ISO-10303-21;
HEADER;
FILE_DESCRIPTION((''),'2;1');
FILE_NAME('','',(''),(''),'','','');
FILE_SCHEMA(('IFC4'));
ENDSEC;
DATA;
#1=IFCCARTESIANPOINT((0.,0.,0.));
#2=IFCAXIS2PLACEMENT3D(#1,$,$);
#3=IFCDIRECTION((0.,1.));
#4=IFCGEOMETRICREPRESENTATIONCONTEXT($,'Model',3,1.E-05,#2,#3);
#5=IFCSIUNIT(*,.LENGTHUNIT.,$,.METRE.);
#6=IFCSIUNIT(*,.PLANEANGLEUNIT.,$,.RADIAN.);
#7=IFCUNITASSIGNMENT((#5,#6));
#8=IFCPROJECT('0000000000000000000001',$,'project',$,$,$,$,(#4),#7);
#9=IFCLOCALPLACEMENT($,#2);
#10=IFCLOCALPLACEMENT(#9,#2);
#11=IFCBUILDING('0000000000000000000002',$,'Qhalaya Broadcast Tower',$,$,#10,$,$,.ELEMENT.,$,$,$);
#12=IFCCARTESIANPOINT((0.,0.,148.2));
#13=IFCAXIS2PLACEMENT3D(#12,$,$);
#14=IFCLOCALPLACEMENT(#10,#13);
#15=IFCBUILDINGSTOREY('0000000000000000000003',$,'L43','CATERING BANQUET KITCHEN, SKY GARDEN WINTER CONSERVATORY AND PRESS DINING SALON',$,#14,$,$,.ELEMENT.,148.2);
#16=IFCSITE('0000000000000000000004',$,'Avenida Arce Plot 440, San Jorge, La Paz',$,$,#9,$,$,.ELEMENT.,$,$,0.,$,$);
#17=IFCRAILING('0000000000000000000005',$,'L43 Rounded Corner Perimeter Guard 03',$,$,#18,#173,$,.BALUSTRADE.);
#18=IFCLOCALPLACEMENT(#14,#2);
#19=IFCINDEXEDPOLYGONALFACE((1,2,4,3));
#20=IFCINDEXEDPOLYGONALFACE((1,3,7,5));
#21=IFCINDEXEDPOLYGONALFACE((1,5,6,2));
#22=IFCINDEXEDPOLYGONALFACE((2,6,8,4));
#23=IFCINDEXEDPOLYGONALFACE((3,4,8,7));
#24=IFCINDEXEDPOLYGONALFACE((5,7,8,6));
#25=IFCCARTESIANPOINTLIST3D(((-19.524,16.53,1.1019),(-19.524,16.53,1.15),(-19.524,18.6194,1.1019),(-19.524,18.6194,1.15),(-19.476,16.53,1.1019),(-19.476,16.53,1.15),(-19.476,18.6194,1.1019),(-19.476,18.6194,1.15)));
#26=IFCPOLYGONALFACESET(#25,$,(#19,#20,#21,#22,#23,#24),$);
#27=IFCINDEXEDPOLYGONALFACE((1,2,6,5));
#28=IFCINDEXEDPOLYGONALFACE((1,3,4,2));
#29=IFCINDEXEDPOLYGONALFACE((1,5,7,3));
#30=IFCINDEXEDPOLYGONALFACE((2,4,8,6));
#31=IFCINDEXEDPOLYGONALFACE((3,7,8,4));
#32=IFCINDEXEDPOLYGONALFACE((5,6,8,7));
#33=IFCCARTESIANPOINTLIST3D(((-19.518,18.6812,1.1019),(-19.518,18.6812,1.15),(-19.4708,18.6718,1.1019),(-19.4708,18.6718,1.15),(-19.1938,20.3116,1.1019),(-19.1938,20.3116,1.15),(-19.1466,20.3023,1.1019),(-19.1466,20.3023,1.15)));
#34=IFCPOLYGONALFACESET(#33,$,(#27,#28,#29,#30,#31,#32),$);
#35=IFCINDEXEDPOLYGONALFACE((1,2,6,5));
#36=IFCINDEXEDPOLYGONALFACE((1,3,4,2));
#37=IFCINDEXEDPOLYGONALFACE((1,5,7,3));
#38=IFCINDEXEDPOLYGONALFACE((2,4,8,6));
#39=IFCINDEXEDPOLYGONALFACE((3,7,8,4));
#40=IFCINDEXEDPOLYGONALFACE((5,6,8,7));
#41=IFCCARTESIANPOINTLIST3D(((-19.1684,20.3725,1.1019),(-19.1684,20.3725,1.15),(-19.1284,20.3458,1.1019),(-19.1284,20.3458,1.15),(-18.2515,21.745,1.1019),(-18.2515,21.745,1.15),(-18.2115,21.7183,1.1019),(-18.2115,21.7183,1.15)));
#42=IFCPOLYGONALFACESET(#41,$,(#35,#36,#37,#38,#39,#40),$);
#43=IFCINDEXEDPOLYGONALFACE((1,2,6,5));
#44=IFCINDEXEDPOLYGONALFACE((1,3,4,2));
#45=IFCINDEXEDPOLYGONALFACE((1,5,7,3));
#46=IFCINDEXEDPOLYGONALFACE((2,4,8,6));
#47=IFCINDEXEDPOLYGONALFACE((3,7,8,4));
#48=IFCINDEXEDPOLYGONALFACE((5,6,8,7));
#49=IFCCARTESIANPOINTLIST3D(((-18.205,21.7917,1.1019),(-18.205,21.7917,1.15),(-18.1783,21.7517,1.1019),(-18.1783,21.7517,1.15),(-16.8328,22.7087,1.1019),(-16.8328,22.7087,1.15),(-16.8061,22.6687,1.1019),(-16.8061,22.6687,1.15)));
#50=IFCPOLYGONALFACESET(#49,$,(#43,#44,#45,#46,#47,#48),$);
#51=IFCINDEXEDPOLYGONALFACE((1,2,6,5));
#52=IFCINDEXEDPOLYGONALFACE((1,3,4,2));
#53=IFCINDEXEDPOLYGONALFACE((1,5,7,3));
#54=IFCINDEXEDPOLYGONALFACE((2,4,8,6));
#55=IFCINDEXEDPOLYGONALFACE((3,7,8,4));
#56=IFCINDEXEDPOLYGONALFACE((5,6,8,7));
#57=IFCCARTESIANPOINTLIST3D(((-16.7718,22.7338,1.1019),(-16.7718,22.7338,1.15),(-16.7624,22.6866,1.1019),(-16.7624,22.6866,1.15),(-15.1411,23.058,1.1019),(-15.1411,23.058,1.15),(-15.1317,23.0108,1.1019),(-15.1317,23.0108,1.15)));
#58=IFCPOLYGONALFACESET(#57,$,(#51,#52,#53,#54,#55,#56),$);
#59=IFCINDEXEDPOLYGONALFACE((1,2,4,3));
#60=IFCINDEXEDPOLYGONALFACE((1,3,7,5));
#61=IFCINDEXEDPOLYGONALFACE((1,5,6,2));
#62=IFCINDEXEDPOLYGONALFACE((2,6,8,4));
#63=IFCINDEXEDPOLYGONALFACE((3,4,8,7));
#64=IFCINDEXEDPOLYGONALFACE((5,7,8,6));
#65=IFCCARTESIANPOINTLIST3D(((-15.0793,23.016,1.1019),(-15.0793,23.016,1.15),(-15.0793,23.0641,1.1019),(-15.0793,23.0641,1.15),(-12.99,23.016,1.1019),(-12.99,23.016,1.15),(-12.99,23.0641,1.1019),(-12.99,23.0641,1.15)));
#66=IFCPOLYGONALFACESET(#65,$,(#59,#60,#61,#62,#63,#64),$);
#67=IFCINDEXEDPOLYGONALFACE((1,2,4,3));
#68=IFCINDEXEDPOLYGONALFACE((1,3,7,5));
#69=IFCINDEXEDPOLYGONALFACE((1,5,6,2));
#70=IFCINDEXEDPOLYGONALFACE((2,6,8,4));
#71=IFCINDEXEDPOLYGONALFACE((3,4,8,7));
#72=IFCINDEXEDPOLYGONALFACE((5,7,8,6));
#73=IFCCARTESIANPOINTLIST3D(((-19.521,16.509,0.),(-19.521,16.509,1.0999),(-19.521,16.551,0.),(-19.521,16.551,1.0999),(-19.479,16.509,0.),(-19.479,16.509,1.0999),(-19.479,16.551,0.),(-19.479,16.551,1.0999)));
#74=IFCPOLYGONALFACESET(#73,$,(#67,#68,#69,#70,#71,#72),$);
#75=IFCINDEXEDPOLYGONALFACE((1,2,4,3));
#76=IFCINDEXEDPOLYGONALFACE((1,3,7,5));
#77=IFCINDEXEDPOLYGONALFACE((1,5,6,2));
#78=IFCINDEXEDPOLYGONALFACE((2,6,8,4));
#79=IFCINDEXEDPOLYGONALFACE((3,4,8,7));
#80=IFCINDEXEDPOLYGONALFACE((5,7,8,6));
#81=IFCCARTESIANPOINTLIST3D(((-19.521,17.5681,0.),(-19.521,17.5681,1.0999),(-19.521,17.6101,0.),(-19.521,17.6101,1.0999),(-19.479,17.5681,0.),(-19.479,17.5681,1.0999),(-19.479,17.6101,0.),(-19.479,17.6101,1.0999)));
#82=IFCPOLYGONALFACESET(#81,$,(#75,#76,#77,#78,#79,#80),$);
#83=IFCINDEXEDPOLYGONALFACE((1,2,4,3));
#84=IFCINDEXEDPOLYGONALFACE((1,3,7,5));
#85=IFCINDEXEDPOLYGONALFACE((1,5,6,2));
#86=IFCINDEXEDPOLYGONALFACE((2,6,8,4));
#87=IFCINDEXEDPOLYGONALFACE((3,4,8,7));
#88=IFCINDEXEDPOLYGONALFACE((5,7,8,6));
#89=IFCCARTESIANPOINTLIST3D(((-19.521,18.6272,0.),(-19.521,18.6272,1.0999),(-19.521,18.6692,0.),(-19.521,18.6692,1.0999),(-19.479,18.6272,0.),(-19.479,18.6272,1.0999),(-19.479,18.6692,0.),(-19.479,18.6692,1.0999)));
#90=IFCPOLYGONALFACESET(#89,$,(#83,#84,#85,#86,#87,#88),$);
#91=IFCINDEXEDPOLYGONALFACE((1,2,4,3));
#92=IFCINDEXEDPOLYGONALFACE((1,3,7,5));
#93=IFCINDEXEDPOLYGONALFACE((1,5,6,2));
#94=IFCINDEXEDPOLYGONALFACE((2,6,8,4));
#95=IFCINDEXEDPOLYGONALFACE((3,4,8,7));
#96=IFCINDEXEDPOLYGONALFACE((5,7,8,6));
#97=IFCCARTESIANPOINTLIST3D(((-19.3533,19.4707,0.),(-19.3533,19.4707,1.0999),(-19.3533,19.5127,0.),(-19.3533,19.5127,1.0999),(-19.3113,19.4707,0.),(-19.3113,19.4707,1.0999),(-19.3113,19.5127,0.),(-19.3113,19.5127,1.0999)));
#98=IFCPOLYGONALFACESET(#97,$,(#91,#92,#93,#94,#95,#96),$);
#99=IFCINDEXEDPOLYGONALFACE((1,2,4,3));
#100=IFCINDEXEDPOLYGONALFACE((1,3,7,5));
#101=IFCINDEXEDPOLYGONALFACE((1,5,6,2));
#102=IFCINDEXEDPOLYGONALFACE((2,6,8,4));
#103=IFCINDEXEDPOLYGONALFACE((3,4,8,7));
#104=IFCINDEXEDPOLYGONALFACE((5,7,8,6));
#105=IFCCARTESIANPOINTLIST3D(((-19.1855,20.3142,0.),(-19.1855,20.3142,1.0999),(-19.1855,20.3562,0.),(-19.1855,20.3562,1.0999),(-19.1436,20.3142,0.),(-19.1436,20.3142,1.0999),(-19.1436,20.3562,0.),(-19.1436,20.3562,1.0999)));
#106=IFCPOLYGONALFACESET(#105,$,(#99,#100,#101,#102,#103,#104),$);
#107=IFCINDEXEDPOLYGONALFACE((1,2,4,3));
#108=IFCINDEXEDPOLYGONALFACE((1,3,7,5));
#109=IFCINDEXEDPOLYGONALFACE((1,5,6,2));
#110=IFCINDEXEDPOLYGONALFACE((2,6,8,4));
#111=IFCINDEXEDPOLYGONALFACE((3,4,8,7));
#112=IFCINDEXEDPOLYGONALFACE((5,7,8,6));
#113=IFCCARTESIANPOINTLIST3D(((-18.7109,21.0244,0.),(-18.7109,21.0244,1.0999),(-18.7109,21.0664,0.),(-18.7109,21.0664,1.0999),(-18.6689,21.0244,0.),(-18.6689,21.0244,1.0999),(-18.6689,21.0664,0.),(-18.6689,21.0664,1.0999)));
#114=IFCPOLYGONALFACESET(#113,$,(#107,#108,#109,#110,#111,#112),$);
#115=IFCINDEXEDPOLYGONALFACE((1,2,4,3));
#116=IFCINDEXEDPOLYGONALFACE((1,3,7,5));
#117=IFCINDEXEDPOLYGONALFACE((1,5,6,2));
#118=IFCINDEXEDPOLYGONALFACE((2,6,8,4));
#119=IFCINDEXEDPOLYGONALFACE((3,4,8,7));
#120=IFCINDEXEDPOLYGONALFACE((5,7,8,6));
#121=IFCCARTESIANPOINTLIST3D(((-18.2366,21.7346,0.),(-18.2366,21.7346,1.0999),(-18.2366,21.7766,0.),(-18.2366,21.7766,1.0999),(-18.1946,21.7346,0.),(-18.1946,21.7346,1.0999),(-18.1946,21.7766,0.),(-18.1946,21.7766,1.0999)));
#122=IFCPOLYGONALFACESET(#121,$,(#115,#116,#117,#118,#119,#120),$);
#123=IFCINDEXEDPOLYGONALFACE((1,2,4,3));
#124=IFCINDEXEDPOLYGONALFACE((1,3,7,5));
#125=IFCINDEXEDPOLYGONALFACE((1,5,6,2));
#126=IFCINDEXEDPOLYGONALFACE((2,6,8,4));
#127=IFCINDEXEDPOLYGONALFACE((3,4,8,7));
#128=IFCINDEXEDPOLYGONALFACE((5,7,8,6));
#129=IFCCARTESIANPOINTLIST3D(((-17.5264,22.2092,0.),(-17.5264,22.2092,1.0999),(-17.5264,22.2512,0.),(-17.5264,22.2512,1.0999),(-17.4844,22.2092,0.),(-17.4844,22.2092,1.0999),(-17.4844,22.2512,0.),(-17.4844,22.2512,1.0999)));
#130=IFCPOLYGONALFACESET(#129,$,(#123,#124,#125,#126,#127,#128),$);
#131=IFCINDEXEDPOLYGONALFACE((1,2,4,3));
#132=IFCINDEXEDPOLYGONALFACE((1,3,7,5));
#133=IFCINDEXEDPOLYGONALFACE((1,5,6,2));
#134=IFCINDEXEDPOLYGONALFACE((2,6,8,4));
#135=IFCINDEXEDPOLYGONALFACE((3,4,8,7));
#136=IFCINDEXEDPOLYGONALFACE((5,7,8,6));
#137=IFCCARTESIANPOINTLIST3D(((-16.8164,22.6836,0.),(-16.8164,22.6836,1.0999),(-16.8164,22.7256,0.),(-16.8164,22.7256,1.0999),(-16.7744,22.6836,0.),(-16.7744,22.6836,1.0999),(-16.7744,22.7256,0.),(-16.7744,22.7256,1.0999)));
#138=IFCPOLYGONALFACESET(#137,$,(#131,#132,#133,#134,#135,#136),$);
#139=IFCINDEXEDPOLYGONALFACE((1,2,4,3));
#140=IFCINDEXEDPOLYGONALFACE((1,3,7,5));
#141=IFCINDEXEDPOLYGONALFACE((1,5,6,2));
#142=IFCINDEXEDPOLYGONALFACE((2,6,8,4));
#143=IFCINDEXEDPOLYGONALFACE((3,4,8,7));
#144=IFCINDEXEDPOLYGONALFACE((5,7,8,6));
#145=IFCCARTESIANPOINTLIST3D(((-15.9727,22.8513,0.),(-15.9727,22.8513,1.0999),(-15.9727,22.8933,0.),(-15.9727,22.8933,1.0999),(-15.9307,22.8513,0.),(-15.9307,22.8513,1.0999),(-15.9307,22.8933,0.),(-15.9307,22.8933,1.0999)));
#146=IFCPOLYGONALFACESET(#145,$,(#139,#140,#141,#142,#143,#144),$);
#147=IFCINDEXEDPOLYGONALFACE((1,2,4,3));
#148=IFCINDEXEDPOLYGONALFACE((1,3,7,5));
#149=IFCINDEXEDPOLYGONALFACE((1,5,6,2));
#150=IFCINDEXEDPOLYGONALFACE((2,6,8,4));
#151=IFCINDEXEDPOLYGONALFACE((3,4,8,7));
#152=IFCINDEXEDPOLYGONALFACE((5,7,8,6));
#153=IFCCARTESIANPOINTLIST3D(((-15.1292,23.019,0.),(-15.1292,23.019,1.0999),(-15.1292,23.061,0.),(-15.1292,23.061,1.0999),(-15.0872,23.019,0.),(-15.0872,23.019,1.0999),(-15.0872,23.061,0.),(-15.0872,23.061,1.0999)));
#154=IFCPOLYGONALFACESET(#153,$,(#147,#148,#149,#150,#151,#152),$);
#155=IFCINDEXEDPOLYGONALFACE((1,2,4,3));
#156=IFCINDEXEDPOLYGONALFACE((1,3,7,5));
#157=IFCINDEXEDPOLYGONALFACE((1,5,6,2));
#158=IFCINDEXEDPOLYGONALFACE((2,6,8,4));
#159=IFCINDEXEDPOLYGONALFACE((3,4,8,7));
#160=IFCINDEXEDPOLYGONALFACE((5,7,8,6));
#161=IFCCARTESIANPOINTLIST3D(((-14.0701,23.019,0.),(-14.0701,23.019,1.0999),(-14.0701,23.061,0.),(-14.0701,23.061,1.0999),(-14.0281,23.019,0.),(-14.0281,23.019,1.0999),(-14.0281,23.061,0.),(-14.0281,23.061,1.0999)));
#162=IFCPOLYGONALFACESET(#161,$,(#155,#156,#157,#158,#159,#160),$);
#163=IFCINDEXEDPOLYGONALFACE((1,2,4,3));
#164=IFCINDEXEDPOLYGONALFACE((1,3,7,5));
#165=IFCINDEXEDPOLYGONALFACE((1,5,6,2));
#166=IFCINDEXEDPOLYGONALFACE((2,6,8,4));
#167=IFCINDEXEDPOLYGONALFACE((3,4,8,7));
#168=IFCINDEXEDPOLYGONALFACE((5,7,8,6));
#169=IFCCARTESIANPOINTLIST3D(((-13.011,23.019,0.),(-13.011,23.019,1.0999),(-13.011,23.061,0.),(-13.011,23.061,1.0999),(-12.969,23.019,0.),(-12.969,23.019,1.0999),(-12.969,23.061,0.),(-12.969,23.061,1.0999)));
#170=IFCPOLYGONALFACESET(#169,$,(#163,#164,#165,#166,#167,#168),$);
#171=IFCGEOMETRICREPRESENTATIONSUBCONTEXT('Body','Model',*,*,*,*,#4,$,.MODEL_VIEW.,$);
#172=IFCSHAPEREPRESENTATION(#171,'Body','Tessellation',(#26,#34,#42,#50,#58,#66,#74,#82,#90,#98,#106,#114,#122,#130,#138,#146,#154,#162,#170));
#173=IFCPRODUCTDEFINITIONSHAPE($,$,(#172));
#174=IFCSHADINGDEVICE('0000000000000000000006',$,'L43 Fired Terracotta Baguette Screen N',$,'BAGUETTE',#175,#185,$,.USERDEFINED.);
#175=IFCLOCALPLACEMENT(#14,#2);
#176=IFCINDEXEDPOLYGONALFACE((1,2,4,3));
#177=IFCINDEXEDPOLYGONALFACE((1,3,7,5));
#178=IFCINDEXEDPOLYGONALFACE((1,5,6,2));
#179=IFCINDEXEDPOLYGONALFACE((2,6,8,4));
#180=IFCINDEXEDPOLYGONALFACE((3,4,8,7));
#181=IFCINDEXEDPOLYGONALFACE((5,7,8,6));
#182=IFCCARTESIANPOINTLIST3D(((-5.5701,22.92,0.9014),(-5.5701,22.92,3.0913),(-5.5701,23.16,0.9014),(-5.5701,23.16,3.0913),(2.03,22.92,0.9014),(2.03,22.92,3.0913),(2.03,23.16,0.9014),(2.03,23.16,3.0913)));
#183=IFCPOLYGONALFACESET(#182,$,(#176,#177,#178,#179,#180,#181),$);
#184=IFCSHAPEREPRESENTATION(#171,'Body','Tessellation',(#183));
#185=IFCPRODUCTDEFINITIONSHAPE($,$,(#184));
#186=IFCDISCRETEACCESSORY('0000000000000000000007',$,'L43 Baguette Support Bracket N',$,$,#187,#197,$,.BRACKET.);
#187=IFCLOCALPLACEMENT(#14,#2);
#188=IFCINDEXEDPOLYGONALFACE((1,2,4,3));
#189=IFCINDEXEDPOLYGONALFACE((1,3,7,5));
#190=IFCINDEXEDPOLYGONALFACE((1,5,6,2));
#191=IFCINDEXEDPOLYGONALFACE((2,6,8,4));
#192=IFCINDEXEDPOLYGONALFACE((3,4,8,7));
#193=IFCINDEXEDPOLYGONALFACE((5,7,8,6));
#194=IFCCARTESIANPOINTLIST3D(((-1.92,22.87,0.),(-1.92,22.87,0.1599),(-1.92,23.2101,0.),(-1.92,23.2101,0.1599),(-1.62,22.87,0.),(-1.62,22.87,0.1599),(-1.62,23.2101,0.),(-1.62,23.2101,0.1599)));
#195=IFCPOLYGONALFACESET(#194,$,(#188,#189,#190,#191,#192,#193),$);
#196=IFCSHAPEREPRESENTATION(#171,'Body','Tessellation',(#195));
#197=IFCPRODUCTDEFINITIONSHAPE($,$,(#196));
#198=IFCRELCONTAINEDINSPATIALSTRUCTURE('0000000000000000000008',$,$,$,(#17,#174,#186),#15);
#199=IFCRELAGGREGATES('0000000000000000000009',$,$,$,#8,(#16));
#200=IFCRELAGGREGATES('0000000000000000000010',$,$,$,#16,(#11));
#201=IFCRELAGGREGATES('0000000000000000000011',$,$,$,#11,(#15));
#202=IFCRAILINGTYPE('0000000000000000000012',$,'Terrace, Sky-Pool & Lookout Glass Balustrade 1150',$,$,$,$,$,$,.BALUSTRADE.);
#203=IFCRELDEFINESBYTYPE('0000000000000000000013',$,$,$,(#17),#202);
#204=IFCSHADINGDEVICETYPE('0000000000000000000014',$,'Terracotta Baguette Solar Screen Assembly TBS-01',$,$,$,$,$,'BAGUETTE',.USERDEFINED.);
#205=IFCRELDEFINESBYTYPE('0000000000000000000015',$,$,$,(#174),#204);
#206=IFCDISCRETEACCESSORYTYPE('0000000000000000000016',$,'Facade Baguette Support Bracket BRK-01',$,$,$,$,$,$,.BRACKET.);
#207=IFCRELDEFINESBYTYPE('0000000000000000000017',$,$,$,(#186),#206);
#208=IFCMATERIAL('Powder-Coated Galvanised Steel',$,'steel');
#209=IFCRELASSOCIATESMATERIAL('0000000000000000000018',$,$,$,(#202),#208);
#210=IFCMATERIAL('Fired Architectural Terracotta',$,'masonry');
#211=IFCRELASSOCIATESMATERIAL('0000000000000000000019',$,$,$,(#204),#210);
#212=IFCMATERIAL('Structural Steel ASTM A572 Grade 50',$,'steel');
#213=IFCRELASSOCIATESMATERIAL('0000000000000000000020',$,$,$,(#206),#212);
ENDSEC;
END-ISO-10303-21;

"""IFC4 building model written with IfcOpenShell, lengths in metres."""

from ifc_helpers import new_model, si_unit, direction, frame, origin, origin_2d, place, context, subcontext, project, spatial, rectangle, extrude, material, type_object, element, save


model = new_model("IFC4")

# Units and contexts
model_context = context("Model", 3, precision=1e-05, world=origin(), true_north=direction((0.0, 1.0)))
body_context = subcontext(model_context, "Body", "Model", "MODEL_VIEW")
ifc_project = project(units=[si_unit("LENGTHUNIT", "METRE"), si_unit("PLANEANGLEUNIT", "RADIAN")], contexts=[model_context])

# Site, building, storey
site_placement = place(None, origin())
site = spatial("IfcSite", under=ifc_project, at=site_placement, Name="Avenida Arce Plot 440, San Jorge, La Paz", CompositionType="ELEMENT", RefElevation=0.0)
building_placement = place(site_placement, origin())
building = spatial("IfcBuilding", under=site, at=building_placement, Name="Qhalaya Broadcast Tower", CompositionType="ELEMENT")
storey_placement = place(building_placement, frame((0.0, 0.0, 148.2)))
storey = spatial("IfcBuildingStorey", under=building, at=storey_placement, Name="L43", Description="CATERING BANQUET KITCHEN, SKY GARDEN WINTER CONSERVATORY AND PRESS DINING SALON", CompositionType="ELEMENT", Elevation=148.2)

# Shared definitions
ifc_material_1 = material(Name="Structural Steel ASTM A572 Grade 50", Category="steel")

# Shared definitions
ifc_material_2 = material(Name="Fired Architectural Terracotta", Category="masonry")

# Railing
ifc_material_3 = material(Name="Powder-Coated Galvanised Steel", Category="steel")
railing_type = type_object("IfcRailingType", Name="Terrace, Sky-Pool & Lookout Glass Balustrade 1150", PredefinedType="BALUSTRADE", material=ifc_material_3)
railing_placement = place(storey_placement, frame((-19.5, 16.53, 0.0)))
element("IfcRailing", 1, at=railing_placement, inside=storey, type_object=railing_type, Name="L43 Rounded Corner Perimeter Guard 03", PredefinedType="BALUSTRADE", context=body_context, shape_type="SweptSolid", body=[
    extrude(rectangle(XDim=0.0481, YDim=0.0481, at=origin_2d()), frame((0.0, 0.0, 1.126), z_axis=(0.0, 1.0, 0.0), x_axis=(-1.0, 0.0, 0.0)), (0.0, 0.0, 1.0), 2.0894),
    extrude(rectangle(XDim=0.0481, YDim=0.0481, at=origin_2d()), frame((0.0056, 2.1465, 1.126), z_axis=(0.195024, 0.980798, 0.0), x_axis=(-0.980798, 0.195024, 0.0)), (0.0, 0.0, 1.0), 1.6624),
    extrude(rectangle(XDim=0.0481, YDim=0.0481, at=origin_2d()), frame((0.3516, 3.8291, 1.126), z_axis=(0.555524, 0.8315, 0.0), x_axis=(-0.8315, 0.555524, 0.0)), (0.0, 0.0, 1.0), 1.6506),
    extrude(rectangle(XDim=0.0481, YDim=0.0481, at=origin_2d()), frame((1.3083, 5.2417, 1.126), z_axis=(0.831456, 0.55559, 0.0), x_axis=(-0.55559, 0.831456, 0.0)), (0.0, 0.0, 1.0), 1.6504),
    extrude(rectangle(XDim=0.0481, YDim=0.0481, at=origin_2d()), frame((2.7329, 6.1802, 1.126), z_axis=(0.980804, 0.194997, 0.0), x_axis=(-0.194997, 0.980804, 0.0)), (0.0, 0.0, 1.0), 1.6626),
    extrude(rectangle(XDim=0.0481, YDim=0.0481, at=origin_2d()), frame((4.4207, 6.51, 1.126), z_axis=(1.0, 0.0, 0.0), x_axis=(0.0, 1.0, 0.0)), (0.0, 0.0, 1.0), 2.0894),
    extrude(rectangle(XDim=0.042, YDim=0.042, at=origin_2d()), origin(), (0.0, 0.0, 1.0), 1.0999),
    extrude(rectangle(XDim=0.042, YDim=0.042, at=origin_2d()), frame((0.0, 1.0591, 0.0)), (0.0, 0.0, 1.0), 1.0999),
    extrude(rectangle(XDim=0.042, YDim=0.042, at=origin_2d()), frame((0.0, 2.1182, 0.0)), (0.0, 0.0, 1.0), 1.0999),
    extrude(rectangle(XDim=0.042, YDim=0.042, at=origin_2d()), frame((0.1677, 2.9617, 0.0)), (0.0, 0.0, 1.0), 1.0999),
    extrude(rectangle(XDim=0.042, YDim=0.042, at=origin_2d()), frame((0.3354, 3.8052, 0.0)), (0.0, 0.0, 1.0), 1.0999),
    extrude(rectangle(XDim=0.042, YDim=0.042, at=origin_2d()), frame((0.8101, 4.5154, 0.0)), (0.0, 0.0, 1.0), 1.0999),
    extrude(rectangle(XDim=0.042, YDim=0.042, at=origin_2d()), frame((1.2844, 5.2256, 0.0)), (0.0, 0.0, 1.0), 1.0999),
    extrude(rectangle(XDim=0.042, YDim=0.042, at=origin_2d()), frame((1.9946, 5.7002, 0.0)), (0.0, 0.0, 1.0), 1.0999),
    extrude(rectangle(XDim=0.042, YDim=0.042, at=origin_2d()), frame((2.7046, 6.1746, 0.0)), (0.0, 0.0, 1.0), 1.0999),
    extrude(rectangle(XDim=0.042, YDim=0.042, at=origin_2d()), frame((3.5483, 6.3423, 0.0)), (0.0, 0.0, 1.0), 1.0999),
    extrude(rectangle(XDim=0.042, YDim=0.042, at=origin_2d()), frame((4.3918, 6.51, 0.0)), (0.0, 0.0, 1.0), 1.0999),
    extrude(rectangle(XDim=0.042, YDim=0.042, at=origin_2d()), frame((5.4509, 6.51, 0.0)), (0.0, 0.0, 1.0), 1.0999),
    extrude(rectangle(XDim=0.042, YDim=0.042, at=origin_2d()), frame((6.51, 6.51, 0.0)), (0.0, 0.0, 1.0), 1.0999),
])

# Shading device
shading_device_type = type_object("IfcShadingDeviceType", Name="Terracotta Baguette Solar Screen Assembly TBS-01", ElementType="BAGUETTE", PredefinedType="USERDEFINED", material=ifc_material_2)
shading_device_placement = place(storey_placement, frame((-1.77, 23.04, 0.9014), z_axis=(0.0, 0.0, 1.0), x_axis=(-1.0, 0.0, 0.0)))
element("IfcShadingDevice", 2, at=shading_device_placement, inside=storey, type_object=shading_device_type, Name="L43 Fired Terracotta Baguette Screen N", ObjectType="BAGUETTE", PredefinedType="USERDEFINED", context=body_context, shape_type="SweptSolid", body=[
    extrude(rectangle(XDim=7.6001, YDim=0.24, at=origin_2d()), origin(), (0.0, 0.0, 1.0), 2.1899),
])

# Discrete accessory
discrete_accessory_type = type_object("IfcDiscreteAccessoryType", Name="Facade Baguette Support Bracket BRK-01", PredefinedType="BRACKET", material=ifc_material_1)
discrete_accessory_placement = place(storey_placement, frame((-1.77, 23.04, 0.0), z_axis=(0.0, 0.0, 1.0), x_axis=(-1.0, 0.0, 0.0)))
element("IfcDiscreteAccessory", 3, at=discrete_accessory_placement, inside=storey, type_object=discrete_accessory_type, Name="L43 Baguette Support Bracket N", PredefinedType="BRACKET", context=body_context, shape_type="SweptSolid", body=[
    extrude(rectangle(XDim=0.3, YDim=0.3401, at=origin_2d()), origin(), (0.0, 0.0, 1.0), 0.1599),
])

save(model, "model.ifc")
